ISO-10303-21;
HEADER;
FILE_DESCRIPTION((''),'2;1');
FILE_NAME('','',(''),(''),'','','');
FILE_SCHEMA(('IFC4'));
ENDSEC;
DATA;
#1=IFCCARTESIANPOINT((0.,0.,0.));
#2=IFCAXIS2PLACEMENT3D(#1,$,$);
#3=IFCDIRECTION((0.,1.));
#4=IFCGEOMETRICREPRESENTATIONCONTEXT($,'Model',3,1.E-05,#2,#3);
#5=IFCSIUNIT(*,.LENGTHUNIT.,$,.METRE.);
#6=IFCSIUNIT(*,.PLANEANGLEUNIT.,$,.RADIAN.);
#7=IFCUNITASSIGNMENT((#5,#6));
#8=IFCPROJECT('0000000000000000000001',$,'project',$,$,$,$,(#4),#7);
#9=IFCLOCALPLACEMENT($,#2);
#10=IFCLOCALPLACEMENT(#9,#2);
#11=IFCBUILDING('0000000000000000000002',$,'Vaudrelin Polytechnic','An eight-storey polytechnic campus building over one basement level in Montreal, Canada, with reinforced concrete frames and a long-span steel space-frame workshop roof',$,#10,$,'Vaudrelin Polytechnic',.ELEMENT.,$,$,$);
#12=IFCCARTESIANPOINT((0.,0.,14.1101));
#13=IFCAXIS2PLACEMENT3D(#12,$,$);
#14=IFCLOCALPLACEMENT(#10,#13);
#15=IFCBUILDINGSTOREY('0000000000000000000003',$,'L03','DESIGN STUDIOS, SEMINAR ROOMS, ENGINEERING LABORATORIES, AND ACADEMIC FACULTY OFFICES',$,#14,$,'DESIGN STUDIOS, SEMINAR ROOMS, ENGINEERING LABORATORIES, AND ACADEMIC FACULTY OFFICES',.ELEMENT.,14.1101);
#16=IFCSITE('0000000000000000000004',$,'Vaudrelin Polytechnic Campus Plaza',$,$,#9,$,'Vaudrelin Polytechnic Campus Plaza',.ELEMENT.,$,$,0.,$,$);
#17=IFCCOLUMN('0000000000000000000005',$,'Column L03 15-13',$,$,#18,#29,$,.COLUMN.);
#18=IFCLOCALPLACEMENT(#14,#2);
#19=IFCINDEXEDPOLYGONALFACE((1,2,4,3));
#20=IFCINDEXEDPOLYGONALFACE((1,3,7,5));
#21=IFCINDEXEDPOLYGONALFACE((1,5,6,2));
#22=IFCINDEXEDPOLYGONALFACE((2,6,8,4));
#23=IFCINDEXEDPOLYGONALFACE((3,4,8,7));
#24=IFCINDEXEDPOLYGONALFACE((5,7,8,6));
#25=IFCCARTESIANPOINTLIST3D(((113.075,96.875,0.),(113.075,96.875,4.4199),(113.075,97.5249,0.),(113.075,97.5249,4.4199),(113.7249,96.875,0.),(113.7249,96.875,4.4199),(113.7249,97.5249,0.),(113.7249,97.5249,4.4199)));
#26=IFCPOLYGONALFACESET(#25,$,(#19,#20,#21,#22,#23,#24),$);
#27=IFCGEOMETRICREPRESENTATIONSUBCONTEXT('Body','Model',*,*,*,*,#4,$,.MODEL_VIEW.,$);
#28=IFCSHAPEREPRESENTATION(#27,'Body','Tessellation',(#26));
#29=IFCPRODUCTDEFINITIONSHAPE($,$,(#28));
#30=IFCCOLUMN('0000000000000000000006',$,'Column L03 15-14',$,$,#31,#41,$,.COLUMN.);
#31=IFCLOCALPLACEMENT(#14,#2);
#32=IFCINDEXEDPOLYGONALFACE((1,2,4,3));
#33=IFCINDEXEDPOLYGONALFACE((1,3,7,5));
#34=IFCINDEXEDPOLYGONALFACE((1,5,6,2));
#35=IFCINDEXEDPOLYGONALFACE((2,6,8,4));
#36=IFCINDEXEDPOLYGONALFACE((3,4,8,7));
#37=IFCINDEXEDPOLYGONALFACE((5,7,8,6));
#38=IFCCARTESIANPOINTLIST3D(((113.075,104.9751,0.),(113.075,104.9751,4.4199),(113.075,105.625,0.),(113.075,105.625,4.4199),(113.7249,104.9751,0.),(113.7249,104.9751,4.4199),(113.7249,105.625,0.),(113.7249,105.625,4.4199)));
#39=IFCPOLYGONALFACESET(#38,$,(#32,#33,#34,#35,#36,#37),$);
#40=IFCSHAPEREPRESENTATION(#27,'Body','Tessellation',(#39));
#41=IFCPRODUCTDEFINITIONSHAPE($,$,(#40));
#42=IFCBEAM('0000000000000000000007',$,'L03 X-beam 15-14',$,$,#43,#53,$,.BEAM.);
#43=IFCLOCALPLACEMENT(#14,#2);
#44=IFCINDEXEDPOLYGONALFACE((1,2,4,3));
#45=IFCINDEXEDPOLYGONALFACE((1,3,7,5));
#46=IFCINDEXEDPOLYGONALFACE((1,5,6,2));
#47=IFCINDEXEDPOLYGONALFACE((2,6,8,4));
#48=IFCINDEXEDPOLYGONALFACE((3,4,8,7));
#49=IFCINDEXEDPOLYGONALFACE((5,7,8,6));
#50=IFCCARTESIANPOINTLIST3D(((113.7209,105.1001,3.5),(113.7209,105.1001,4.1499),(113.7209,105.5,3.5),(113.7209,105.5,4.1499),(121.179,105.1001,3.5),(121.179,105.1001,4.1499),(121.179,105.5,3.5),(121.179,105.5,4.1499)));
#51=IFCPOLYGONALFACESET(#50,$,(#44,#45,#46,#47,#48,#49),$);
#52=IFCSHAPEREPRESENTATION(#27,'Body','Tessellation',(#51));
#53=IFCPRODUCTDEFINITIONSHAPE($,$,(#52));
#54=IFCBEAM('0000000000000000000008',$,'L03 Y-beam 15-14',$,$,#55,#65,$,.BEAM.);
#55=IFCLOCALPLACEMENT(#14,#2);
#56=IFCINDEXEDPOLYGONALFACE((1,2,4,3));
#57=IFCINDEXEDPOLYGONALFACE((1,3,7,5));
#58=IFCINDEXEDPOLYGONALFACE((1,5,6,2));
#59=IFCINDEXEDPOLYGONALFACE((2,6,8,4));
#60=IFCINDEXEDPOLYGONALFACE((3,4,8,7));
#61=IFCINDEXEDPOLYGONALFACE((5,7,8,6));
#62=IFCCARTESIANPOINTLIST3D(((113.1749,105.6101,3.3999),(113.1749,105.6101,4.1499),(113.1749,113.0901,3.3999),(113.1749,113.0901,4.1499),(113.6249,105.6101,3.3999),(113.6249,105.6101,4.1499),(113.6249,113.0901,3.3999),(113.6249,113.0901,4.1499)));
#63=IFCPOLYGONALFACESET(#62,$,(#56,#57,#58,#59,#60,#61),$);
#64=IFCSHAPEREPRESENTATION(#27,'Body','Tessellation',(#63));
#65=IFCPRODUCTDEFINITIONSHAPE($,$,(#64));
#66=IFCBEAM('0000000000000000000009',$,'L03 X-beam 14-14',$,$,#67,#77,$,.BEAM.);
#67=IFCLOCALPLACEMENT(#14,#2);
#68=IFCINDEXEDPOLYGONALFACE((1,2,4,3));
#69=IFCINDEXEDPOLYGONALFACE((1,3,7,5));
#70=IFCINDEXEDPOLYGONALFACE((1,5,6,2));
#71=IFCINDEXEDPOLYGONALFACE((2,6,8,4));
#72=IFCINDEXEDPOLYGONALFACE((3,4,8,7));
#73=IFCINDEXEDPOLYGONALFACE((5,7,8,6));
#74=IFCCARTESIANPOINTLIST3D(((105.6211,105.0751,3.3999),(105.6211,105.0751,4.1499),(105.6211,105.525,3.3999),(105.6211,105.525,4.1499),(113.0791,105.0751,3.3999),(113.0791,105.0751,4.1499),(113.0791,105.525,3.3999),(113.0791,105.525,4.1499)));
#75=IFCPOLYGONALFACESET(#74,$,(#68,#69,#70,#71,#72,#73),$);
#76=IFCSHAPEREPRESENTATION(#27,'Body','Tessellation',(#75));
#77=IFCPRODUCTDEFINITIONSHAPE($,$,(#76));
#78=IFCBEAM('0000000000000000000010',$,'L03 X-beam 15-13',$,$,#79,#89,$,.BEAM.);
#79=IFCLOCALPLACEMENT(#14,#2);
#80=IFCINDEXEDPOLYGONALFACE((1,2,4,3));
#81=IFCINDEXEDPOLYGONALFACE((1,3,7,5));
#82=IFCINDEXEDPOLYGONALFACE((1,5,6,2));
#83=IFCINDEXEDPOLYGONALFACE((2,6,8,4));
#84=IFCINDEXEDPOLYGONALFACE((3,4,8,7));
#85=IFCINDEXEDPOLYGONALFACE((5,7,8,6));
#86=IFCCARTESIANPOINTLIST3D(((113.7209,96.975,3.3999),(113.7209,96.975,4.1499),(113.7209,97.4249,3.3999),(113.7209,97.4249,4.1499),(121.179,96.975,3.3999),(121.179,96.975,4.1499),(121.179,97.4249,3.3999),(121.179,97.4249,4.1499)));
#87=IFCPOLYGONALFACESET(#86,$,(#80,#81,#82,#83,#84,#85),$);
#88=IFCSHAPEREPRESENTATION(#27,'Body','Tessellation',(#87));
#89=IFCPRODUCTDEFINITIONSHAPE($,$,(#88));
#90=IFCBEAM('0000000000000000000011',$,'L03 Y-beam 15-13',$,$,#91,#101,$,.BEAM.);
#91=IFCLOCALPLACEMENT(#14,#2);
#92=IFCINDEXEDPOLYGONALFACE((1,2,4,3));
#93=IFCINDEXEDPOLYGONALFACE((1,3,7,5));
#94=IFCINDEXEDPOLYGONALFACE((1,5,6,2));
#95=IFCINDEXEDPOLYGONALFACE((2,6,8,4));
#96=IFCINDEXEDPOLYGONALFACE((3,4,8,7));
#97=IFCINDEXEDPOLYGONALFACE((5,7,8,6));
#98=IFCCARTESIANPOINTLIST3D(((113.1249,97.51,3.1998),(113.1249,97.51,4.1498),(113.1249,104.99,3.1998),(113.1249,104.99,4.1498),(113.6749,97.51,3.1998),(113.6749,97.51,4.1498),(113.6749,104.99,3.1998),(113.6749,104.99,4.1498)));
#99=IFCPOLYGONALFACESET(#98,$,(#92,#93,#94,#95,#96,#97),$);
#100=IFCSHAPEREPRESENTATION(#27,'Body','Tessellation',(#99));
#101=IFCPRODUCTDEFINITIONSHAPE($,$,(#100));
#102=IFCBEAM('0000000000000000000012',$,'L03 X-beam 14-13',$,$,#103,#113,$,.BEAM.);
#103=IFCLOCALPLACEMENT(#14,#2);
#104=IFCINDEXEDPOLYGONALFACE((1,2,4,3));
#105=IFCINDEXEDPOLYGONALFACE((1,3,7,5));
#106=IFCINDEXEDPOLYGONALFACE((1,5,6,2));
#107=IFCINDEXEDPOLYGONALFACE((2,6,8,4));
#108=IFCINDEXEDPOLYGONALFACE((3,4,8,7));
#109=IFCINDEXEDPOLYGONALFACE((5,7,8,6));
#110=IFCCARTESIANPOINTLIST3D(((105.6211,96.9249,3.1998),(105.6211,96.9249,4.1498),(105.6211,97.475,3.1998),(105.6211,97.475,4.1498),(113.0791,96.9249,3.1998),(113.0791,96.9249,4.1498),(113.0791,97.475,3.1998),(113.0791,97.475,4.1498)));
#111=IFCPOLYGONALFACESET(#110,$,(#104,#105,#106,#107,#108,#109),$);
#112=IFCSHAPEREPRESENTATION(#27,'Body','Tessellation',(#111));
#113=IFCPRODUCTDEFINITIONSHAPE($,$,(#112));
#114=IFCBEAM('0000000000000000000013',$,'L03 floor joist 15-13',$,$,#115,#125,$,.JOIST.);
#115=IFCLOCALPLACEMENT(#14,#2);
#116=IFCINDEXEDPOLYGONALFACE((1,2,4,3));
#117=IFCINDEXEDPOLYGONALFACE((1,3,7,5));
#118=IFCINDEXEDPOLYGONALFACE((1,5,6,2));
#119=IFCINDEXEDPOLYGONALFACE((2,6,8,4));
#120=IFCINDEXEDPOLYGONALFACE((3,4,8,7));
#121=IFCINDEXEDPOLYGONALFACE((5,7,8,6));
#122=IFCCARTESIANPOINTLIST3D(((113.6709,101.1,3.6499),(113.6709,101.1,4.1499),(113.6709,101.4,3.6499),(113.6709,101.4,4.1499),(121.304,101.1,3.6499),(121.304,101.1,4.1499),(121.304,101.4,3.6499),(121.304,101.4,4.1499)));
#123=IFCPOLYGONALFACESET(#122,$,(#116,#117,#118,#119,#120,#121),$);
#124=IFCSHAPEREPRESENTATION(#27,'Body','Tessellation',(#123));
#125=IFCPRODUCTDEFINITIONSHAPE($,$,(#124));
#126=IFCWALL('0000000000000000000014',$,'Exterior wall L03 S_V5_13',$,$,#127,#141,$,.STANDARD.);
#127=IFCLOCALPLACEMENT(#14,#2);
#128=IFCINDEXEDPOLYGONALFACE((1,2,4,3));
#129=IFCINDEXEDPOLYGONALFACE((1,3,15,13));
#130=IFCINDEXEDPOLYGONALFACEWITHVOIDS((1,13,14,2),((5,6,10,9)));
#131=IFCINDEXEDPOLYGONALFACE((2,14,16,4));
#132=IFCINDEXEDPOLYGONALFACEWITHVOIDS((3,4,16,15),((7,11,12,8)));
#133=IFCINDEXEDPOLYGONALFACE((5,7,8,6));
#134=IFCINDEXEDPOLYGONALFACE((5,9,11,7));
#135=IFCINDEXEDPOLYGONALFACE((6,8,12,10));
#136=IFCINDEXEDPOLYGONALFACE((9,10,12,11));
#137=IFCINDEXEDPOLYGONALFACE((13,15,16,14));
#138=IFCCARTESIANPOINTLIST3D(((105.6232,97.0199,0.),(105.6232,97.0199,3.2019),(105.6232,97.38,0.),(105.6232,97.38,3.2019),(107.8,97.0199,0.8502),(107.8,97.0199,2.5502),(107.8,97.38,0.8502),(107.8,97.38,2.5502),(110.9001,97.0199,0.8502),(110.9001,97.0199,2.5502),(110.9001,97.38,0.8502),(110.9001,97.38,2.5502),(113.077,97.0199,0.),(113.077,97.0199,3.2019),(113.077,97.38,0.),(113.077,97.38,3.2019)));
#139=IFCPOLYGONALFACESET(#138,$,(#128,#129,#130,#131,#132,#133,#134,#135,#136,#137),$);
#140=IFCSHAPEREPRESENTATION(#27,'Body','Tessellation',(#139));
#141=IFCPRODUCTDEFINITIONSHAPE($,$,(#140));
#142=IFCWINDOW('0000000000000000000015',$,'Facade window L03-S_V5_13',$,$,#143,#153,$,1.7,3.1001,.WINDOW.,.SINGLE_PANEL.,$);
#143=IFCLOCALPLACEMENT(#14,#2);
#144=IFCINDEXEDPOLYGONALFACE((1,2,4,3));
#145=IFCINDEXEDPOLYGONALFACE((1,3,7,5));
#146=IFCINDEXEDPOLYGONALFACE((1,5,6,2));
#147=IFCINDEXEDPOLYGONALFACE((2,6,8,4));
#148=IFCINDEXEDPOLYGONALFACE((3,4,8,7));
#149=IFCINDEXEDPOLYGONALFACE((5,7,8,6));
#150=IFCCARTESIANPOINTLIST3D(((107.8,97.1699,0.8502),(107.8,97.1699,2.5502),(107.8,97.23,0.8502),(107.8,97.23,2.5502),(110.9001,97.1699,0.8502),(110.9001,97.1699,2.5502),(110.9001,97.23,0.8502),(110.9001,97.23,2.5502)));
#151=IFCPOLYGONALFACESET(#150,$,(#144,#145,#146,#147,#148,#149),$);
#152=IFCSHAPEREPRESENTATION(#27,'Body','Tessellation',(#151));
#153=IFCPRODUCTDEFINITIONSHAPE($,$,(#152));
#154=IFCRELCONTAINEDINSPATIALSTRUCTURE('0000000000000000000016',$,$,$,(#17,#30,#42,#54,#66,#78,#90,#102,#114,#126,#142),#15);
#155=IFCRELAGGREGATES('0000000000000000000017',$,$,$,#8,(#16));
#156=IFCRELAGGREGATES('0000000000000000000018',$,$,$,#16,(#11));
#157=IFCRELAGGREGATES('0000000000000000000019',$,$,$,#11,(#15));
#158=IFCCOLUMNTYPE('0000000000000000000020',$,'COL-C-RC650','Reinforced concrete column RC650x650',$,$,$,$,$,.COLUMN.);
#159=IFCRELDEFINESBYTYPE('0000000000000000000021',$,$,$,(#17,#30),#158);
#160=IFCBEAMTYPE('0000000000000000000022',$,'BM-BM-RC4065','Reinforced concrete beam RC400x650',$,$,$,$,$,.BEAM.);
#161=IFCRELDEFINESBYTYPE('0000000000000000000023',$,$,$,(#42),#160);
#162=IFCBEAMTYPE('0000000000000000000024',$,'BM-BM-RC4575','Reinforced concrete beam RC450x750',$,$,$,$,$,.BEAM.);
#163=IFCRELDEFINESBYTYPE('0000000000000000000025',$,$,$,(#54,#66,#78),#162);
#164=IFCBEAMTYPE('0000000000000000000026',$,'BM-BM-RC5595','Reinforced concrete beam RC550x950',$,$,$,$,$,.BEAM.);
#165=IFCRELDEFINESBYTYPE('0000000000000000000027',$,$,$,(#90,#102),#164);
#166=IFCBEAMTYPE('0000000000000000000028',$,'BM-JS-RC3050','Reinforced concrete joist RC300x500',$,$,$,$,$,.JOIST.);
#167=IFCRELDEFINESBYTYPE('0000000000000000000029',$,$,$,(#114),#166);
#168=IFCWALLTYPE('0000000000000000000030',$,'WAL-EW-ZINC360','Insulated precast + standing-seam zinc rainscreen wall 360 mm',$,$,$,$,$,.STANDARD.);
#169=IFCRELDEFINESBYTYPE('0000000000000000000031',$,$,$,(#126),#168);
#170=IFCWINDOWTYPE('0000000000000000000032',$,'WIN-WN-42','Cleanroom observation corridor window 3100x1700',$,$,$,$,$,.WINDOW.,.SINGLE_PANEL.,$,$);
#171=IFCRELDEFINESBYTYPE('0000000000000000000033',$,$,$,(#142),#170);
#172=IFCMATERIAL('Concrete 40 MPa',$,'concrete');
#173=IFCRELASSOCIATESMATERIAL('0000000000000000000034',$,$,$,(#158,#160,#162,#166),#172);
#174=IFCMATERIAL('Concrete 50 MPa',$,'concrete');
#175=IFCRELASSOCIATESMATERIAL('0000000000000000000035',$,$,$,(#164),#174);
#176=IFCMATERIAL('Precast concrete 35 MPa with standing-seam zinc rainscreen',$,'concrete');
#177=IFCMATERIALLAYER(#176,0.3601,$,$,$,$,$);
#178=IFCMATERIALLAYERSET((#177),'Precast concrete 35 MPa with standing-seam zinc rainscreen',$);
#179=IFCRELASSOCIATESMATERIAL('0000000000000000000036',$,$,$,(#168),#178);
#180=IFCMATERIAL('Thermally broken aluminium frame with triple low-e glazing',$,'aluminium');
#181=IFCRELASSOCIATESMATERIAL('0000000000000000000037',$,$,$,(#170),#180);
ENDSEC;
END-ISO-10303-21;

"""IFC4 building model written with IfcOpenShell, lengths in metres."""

from ifc_helpers import new_model, si_unit, direction, frame, frame_2d, origin, origin_2d, place, context, subcontext, project, spatial, rectangle, extrude, material, layer, layer_set, material_profile, profile_set, type_object, element, fill, save


model = new_model("IFC4")

# Units and contexts
model_context = context("Model", 3, precision=1e-05, world=origin(), true_north=direction((0.0, 1.0)))
body_context = subcontext(model_context, "Body", "Model", "MODEL_VIEW")
ifc_project = project(units=[si_unit("LENGTHUNIT", "METRE"), si_unit("PLANEANGLEUNIT", "RADIAN")], contexts=[model_context])

# Site, building, storey
site_placement = place(None, origin())
site = spatial("IfcSite", under=ifc_project, at=site_placement, Name="Vaudrelin Polytechnic Campus Plaza", LongName="Vaudrelin Polytechnic Campus Plaza", CompositionType="ELEMENT", RefElevation=0.0)
building_placement = place(site_placement, origin())
building = spatial("IfcBuilding", under=site, at=building_placement, Name="Vaudrelin Polytechnic", Description="An eight-storey polytechnic campus building over one basement level in Montreal, Canada, with reinforced concrete frames and a long-span steel space-frame workshop roof", LongName="Vaudrelin Polytechnic", CompositionType="ELEMENT")
storey_placement = place(building_placement, frame((0.0, 0.0, 14.1101)))
storey = spatial("IfcBuildingStorey", under=building, at=storey_placement, Name="L03", Description="DESIGN STUDIOS, SEMINAR ROOMS, ENGINEERING LABORATORIES, AND ACADEMIC FACULTY OFFICES", LongName="DESIGN STUDIOS, SEMINAR ROOMS, ENGINEERING LABORATORIES, AND ACADEMIC FACULTY OFFICES", CompositionType="ELEMENT", Elevation=14.1101)

# Columns
ifc_material_1 = material(Name="Concrete 40 MPa", Category="concrete")
ifc_material_profile_1 = material_profile(ifc_material_1, rectangle(XDim=0.6499, YDim=0.6499, at=origin_2d()), Name="RC650x650")
ifc_profile_set_1 = profile_set([ifc_material_profile_1], Name="Concrete 40 MPa")
column_type = type_object("IfcColumnType", Name="COL-C-RC650", Description="Reinforced concrete column RC650x650", PredefinedType="COLUMN", material=ifc_profile_set_1)
for number, where, z_axis, x_axis, name in (
    (1, (113.3999, 97.2, 0.0), (0.0, 0.0, 1.0), (1.0, 0.0, 0.0), "Column L03 15-13"),
    (2, (113.3999, 105.3, 0.0), (0.0, 0.0, 1.0), (1.0, 0.0, 0.0), "Column L03 15-14"),
):
    element("IfcColumn", number, at=place(storey_placement, frame(where, z_axis=z_axis, x_axis=x_axis)), inside=storey, type_object=column_type, Name=name, PredefinedType="COLUMN", context=body_context, shape_type="SweptSolid", body=[
        extrude(rectangle(XDim=0.6499, YDim=0.6499, at=origin_2d()), origin(), (0.0, 0.0, 1.0), 4.4199),
    ])

# Beams
ifc_material_profile_2 = material_profile(ifc_material_1, rectangle(XDim=0.3999, YDim=0.6499, at=origin_2d()), Name="RC400x650")
ifc_profile_set_2 = profile_set([ifc_material_profile_2], Name="Concrete 40 MPa")
beam_type_1 = type_object("IfcBeamType", Name="BM-BM-RC4065", Description="Reinforced concrete beam RC400x650", PredefinedType="BEAM", material=ifc_profile_set_2)
beam_1_placement = place(storey_placement, frame((113.7209, 105.3, 3.825), z_axis=(1.0, 0.0, 0.0), x_axis=(0.0, 1.0, 0.0)))
element("IfcBeam", 3, at=beam_1_placement, inside=storey, type_object=beam_type_1, Name="L03 X-beam 15-14", PredefinedType="BEAM", context=body_context, shape_type="SweptSolid", body=[
    extrude(rectangle(XDim=0.3999, YDim=0.6499, at=origin_2d()), origin(), (0.0, 0.0, 1.0), 7.458),
])
ifc_material_profile_3 = material_profile(ifc_material_1, rectangle(XDim=0.45, YDim=0.75, at=origin_2d()), Name="RC450x750")
ifc_profile_set_3 = profile_set([ifc_material_profile_3], Name="Concrete 40 MPa")
beam_type_2 = type_object("IfcBeamType", Name="BM-BM-RC4575", Description="Reinforced concrete beam RC450x750", PredefinedType="BEAM", material=ifc_profile_set_3)
beam_2_placement = place(storey_placement, frame((113.3999, 105.6101, 3.7749), z_axis=(0.0, 1.0, 0.0), x_axis=(-1.0, 0.0, 0.0)))
element("IfcBeam", 4, at=beam_2_placement, inside=storey, type_object=beam_type_2, Name="L03 Y-beam 15-14", PredefinedType="BEAM", context=body_context, shape_type="SweptSolid", body=[
    extrude(rectangle(XDim=0.45, YDim=0.75, at=origin_2d()), origin(), (0.0, 0.0, 1.0), 7.48),
])
for number, where, z_axis, x_axis, name in (
    (5, (105.6211, 105.3, 3.7749), (1.0, 0.0, 0.0), (0.0, 1.0, 0.0), "L03 X-beam 14-14"),
    (6, (113.7209, 97.2, 3.7749), (1.0, 0.0, 0.0), (0.0, 1.0, 0.0), "L03 X-beam 15-13"),
):
    element("IfcBeam", number, at=place(storey_placement, frame(where, z_axis=z_axis, x_axis=x_axis)), inside=storey, type_object=beam_type_2, Name=name, PredefinedType="BEAM", context=body_context, shape_type="SweptSolid", body=[
        extrude(rectangle(XDim=0.45, YDim=0.75, at=origin_2d()), origin(), (0.0, 0.0, 1.0), 7.458),
    ])
ifc_material_2 = material(Name="Concrete 50 MPa", Category="concrete")
ifc_material_profile_4 = material_profile(ifc_material_2, rectangle(XDim=0.55, YDim=0.95, at=origin_2d()), Name="RC550x950")
ifc_profile_set_4 = profile_set([ifc_material_profile_4], Name="Concrete 50 MPa")
beam_type_3 = type_object("IfcBeamType", Name="BM-BM-RC5595", Description="Reinforced concrete beam RC550x950", PredefinedType="BEAM", material=ifc_profile_set_4)
beam_3_placement = place(storey_placement, frame((113.3999, 97.51, 3.6748), z_axis=(0.0, 1.0, 0.0), x_axis=(-1.0, 0.0, 0.0)))
element("IfcBeam", 7, at=beam_3_placement, inside=storey, type_object=beam_type_3, Name="L03 Y-beam 15-13", PredefinedType="BEAM", context=body_context, shape_type="SweptSolid", body=[
    extrude(rectangle(XDim=0.55, YDim=0.95, at=origin_2d()), origin(), (0.0, 0.0, 1.0), 7.48),
])
beam_4_placement = place(storey_placement, frame((105.6211, 97.2, 3.6748), z_axis=(1.0, 0.0, 0.0), x_axis=(0.0, 1.0, 0.0)))
element("IfcBeam", 8, at=beam_4_placement, inside=storey, type_object=beam_type_3, Name="L03 X-beam 14-13", PredefinedType="BEAM", context=body_context, shape_type="SweptSolid", body=[
    extrude(rectangle(XDim=0.55, YDim=0.95, at=origin_2d()), origin(), (0.0, 0.0, 1.0), 7.458),
])
ifc_material_profile_5 = material_profile(ifc_material_1, rectangle(XDim=0.3, YDim=0.5, at=origin_2d()), Name="RC300x500")
ifc_profile_set_5 = profile_set([ifc_material_profile_5], Name="Concrete 40 MPa")
beam_type_4 = type_object("IfcBeamType", Name="BM-JS-RC3050", Description="Reinforced concrete joist RC300x500", PredefinedType="JOIST", material=ifc_profile_set_5)
beam_5_placement = place(storey_placement, frame((113.6709, 101.25, 3.8999), z_axis=(1.0, 0.0, 0.0), x_axis=(0.0, 1.0, 0.0)))
element("IfcBeam", 9, at=beam_5_placement, inside=storey, type_object=beam_type_4, Name="L03 floor joist 15-13", PredefinedType="JOIST", context=body_context, shape_type="SweptSolid", body=[
    extrude(rectangle(XDim=0.3, YDim=0.5, at=origin_2d()), origin(), (0.0, 0.0, 1.0), 7.6331),
])

# Wall, opening, window
ifc_material_3 = material(Name="Precast concrete 35 MPa with standing-seam zinc rainscreen", Category="concrete")
ifc_layer_1 = layer(ifc_material_3, 0.3601)
ifc_layer_set_1 = layer_set([ifc_layer_1], Name="Precast concrete 35 MPa with standing-seam zinc rainscreen")
wall_type_1 = type_object("IfcWallType", Name="WAL-EW-ZINC360", Description="Insulated precast + standing-seam zinc rainscreen wall 360 mm", PredefinedType="STANDARD", material=ifc_layer_set_1)
wall_1_placement = place(storey_placement, frame((105.623, 97.2, 0.0), z_axis=(0.0, 0.0, 1.0), x_axis=(1.0, 0.0, 0.0)))
wall_1 = element("IfcWall", 10, at=wall_1_placement, inside=storey, type_object=wall_type_1, Name="Exterior wall L03 S_V5_13", PredefinedType="STANDARD", context=body_context, shape_type="SweptSolid", body=[
    extrude(rectangle(XDim=7.4539, YDim=0.3601, at=frame_2d((3.7271, 0.0))), origin(), (0.0, 0.0, 1.0), 3.2019),
])
opening_1_placement = place(wall_1_placement, frame((2.177, 0.0, 0.8501)))
opening_1 = element("IfcOpeningElement", 11, at=opening_1_placement, cuts=wall_1, PredefinedType="OPENING", context=body_context, shape_type="SweptSolid", body=[
    extrude(rectangle(XDim=3.1001, YDim=1.7, at=frame_2d((1.55, 0.8501))), frame((0.0, 0.1899, 0.0), z_axis=(0.0, -1.0, 0.0), x_axis=(1.0, 0.0, 0.0)), (0.0, 0.0, 1.0), 0.3801),
])
ifc_material_4 = material(Name="Thermally broken aluminium frame with triple low-e glazing", Category="aluminium")
window_type_1 = type_object("IfcWindowType", Name="WIN-WN-42", Description="Cleanroom observation corridor window 3100x1700", PartitioningType="SINGLE_PANEL", PredefinedType="WINDOW", material=ifc_material_4)
window_1_placement = place(opening_1_placement, origin())
window_1 = element("IfcWindow", 12, at=window_1_placement, inside=storey, type_object=window_type_1, Name="Facade window L03-S_V5_13", OverallHeight=1.7, OverallWidth=3.1001, PartitioningType="SINGLE_PANEL", PredefinedType="WINDOW", context=body_context, shape_type="SweptSolid", body=[
    extrude(rectangle(XDim=3.1001, YDim=1.7, at=frame_2d((1.55, 0.8501))), frame((0.0, 0.03, 0.0), z_axis=(0.0, -1.0, 0.0), x_axis=(1.0, 0.0, 0.0)), (0.0, 0.0, 1.0), 0.0601),
])
fill(opening_1, window_1)

save(model, "model.ifc")
